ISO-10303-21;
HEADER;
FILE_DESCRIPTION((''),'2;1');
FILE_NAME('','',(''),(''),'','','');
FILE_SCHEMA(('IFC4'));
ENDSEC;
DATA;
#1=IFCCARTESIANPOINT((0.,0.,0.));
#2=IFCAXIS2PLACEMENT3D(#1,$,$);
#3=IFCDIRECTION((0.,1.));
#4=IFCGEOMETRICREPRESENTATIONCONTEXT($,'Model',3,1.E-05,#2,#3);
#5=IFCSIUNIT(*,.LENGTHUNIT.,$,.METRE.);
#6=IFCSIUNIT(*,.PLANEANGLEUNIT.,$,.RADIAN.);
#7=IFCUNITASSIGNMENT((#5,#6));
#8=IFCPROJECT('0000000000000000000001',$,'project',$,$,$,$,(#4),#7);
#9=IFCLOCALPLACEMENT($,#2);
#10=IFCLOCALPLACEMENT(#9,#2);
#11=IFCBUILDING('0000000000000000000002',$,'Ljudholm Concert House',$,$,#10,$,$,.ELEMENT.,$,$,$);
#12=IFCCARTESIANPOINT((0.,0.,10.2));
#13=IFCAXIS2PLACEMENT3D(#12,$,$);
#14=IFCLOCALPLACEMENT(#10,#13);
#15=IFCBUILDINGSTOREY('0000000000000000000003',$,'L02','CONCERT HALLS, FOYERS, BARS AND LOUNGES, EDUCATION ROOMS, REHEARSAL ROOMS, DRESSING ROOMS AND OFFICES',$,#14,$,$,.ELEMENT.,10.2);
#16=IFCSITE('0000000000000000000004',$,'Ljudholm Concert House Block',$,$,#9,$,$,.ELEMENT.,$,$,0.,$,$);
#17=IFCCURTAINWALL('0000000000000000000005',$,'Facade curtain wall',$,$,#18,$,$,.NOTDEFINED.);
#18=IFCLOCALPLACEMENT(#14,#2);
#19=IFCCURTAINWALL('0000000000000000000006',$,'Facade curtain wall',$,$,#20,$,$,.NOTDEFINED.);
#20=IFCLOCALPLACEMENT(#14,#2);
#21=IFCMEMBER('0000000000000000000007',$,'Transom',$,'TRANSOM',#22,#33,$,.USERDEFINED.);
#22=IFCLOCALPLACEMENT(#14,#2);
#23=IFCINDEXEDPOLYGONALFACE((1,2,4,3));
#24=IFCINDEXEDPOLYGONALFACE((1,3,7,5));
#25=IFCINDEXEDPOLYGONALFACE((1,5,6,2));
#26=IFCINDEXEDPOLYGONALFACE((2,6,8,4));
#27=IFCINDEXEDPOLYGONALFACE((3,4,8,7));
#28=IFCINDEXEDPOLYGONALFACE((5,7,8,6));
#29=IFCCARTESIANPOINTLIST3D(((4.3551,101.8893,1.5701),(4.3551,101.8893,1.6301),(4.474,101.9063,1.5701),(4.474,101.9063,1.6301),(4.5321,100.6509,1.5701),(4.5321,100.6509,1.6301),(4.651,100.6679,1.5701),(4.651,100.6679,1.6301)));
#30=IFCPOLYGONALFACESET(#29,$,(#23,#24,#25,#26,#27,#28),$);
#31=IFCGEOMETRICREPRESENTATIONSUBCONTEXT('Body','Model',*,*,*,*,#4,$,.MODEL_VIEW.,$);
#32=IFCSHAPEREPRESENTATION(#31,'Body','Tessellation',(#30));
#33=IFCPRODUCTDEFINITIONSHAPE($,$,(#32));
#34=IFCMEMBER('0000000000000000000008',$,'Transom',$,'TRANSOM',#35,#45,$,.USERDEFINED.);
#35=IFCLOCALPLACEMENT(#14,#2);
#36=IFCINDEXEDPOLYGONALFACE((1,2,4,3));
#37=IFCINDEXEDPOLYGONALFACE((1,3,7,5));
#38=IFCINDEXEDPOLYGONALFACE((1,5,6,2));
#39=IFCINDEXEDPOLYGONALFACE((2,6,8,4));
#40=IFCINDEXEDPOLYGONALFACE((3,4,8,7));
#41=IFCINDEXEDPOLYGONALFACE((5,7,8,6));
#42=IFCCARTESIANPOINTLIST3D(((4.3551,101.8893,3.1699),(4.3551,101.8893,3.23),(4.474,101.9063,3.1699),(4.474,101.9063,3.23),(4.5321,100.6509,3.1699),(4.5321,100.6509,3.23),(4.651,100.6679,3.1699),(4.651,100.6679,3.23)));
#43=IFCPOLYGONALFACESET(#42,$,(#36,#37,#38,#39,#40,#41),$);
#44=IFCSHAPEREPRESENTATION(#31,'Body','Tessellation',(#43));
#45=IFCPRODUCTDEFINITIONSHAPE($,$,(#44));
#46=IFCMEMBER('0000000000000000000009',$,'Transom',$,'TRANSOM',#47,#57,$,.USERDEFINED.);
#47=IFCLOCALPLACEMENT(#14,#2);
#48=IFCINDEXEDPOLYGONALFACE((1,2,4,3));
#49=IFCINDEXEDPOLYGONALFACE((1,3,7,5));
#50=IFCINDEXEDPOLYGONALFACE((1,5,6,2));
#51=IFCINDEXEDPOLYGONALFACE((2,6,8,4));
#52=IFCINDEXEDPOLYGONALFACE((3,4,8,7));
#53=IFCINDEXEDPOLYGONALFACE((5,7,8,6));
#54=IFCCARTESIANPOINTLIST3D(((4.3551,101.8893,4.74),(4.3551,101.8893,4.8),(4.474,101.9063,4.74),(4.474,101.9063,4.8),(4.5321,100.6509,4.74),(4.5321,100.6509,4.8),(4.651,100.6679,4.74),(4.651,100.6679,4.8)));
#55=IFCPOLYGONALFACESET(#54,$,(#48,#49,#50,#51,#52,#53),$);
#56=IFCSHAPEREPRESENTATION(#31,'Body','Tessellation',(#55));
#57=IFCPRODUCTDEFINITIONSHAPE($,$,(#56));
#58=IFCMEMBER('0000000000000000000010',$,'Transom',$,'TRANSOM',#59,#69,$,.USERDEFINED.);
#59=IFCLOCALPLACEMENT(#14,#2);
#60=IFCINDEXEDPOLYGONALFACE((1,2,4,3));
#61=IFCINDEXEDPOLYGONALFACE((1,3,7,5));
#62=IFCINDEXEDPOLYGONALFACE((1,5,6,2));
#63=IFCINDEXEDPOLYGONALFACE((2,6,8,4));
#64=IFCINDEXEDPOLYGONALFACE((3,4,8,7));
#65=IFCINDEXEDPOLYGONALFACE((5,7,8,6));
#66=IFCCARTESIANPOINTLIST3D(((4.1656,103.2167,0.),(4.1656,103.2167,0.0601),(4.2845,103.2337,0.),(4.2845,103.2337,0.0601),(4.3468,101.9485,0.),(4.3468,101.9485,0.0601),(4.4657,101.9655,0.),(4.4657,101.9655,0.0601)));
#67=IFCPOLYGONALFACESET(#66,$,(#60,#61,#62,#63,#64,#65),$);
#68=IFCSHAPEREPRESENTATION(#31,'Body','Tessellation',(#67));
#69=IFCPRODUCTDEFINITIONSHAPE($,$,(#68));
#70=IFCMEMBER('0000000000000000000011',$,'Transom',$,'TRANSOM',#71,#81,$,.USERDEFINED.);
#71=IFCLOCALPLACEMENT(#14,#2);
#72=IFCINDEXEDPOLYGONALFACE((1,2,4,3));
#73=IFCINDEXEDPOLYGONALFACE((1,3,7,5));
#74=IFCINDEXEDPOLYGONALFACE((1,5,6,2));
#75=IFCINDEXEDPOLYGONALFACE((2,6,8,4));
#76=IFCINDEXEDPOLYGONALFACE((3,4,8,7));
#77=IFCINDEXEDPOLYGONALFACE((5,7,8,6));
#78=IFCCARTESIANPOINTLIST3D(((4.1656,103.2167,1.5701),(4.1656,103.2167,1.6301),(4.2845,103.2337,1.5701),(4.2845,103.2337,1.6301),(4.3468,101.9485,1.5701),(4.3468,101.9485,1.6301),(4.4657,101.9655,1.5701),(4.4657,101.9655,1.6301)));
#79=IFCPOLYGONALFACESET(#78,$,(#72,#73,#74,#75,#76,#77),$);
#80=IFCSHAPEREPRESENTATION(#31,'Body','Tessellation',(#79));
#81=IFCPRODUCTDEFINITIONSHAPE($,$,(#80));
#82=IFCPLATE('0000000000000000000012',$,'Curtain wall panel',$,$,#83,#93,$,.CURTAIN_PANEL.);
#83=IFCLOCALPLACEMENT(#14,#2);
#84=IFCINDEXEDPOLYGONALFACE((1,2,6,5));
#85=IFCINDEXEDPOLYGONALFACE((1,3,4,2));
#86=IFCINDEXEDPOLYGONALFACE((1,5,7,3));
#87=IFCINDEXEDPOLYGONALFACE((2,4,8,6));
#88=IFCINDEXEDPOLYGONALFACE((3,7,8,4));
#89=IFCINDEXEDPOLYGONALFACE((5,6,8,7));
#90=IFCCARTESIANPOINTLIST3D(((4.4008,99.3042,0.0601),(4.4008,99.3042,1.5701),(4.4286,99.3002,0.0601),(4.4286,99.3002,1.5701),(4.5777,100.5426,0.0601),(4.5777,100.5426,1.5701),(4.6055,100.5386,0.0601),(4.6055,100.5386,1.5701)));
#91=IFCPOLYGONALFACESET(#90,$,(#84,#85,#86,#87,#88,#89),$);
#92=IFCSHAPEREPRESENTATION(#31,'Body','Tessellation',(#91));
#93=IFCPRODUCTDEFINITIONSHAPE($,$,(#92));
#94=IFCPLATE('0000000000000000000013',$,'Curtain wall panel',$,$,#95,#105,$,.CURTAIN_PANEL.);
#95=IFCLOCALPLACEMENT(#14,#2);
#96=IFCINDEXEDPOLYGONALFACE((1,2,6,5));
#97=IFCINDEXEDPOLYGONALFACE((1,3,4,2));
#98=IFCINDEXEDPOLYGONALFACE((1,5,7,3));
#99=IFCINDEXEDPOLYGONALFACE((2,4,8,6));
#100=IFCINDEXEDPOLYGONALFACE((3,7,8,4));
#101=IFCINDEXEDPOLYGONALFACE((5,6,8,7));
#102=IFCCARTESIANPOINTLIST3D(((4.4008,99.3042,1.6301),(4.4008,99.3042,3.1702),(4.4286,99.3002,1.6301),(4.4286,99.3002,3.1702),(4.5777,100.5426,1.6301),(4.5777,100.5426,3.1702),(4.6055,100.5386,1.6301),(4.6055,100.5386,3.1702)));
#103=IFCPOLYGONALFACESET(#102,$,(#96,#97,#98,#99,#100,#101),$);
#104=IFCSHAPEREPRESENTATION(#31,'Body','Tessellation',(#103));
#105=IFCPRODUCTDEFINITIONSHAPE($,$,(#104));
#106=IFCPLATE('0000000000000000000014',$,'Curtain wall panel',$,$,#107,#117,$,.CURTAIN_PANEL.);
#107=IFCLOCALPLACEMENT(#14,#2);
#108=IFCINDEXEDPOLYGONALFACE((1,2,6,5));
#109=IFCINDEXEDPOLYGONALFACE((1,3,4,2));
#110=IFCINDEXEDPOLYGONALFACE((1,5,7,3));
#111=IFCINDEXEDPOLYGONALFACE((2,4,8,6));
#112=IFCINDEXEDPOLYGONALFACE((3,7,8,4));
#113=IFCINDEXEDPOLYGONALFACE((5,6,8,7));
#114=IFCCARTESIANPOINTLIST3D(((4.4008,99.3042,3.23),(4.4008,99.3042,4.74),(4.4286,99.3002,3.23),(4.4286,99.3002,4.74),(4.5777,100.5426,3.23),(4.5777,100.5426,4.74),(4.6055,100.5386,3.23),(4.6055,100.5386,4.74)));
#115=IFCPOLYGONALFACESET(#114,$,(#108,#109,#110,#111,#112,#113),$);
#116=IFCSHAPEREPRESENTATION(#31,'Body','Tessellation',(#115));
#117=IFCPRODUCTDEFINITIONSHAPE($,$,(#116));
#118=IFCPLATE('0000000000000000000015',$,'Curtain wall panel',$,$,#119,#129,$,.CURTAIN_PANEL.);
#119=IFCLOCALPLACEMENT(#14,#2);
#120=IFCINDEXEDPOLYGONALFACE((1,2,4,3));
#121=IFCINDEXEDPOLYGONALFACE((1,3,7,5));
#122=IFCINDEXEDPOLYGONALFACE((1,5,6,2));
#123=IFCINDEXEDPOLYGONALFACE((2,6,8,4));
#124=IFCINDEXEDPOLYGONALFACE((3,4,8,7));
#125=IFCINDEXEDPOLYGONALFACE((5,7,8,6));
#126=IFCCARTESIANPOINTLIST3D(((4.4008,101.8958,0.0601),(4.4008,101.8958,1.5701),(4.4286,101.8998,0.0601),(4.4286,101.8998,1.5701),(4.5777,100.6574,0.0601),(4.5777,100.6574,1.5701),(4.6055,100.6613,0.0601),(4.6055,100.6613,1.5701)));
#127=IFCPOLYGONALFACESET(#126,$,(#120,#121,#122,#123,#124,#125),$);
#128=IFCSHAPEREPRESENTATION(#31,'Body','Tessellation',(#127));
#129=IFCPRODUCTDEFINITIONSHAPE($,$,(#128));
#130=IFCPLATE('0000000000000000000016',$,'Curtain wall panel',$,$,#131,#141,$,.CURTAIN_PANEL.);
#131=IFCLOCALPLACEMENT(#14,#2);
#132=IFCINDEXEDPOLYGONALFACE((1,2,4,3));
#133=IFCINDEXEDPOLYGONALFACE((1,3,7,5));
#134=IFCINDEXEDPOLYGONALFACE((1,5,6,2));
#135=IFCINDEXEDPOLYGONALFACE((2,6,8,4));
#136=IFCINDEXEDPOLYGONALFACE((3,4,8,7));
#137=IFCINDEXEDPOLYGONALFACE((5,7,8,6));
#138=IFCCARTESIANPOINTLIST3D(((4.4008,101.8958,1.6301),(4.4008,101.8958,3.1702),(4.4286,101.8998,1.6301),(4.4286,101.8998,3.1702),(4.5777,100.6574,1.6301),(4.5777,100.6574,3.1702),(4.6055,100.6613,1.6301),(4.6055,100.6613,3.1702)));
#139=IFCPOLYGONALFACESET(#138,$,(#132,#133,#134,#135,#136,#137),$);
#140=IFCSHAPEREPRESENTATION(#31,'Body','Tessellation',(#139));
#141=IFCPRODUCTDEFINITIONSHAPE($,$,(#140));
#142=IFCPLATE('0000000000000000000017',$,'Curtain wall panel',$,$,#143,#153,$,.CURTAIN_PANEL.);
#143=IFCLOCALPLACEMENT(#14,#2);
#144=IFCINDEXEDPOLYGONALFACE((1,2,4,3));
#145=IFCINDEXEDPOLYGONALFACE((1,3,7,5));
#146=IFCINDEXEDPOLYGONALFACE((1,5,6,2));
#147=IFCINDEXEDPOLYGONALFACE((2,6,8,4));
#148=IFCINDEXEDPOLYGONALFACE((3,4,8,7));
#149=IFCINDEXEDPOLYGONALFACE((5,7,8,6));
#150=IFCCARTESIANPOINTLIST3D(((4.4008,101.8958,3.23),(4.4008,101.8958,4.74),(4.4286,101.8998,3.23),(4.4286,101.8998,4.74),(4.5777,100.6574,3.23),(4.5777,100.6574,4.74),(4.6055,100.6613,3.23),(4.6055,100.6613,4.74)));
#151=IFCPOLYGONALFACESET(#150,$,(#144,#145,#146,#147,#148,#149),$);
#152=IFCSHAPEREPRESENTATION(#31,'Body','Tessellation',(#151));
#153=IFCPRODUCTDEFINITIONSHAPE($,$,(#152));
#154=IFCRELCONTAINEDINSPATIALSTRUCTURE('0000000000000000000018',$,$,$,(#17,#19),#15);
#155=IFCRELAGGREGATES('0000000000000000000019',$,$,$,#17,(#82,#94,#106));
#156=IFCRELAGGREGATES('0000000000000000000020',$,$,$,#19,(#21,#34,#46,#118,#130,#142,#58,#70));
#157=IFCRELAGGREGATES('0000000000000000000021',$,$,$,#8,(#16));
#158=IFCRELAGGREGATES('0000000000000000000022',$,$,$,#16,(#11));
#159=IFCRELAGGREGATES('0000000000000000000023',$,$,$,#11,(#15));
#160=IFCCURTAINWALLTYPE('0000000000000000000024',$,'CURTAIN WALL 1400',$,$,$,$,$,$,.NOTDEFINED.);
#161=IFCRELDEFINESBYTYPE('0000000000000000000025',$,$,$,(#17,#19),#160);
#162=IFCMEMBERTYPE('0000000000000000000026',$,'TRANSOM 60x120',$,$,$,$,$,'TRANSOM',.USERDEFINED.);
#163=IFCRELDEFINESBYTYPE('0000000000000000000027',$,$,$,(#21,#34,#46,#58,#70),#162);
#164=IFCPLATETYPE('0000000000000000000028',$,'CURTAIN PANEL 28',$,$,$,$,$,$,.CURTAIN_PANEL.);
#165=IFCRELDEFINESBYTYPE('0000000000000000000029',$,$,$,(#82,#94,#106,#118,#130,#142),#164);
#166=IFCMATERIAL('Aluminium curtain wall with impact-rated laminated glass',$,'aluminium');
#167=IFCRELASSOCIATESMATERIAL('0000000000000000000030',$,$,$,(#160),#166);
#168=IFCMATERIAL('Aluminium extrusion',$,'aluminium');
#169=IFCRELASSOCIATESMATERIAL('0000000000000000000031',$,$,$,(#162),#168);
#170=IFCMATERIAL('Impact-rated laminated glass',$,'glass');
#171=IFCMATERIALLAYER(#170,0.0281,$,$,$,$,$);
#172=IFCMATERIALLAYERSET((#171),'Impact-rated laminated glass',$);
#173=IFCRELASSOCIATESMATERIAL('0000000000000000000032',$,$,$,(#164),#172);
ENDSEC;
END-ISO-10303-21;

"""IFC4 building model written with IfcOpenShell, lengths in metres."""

from ifc_helpers import new_model, si_unit, direction, frame, origin, origin_2d, place, context, subcontext, project, spatial, rectangle, extrude, material, layer, layer_set, material_profile, profile_set, type_object, element, aggregate, save


model = new_model("IFC4")

# Units and contexts
model_context = context("Model", 3, precision=1e-05, world=origin(), true_north=direction((0.0, 1.0)))
body_context = subcontext(model_context, "Body", "Model", "MODEL_VIEW")
ifc_project = project(units=[si_unit("LENGTHUNIT", "METRE"), si_unit("PLANEANGLEUNIT", "RADIAN")], contexts=[model_context])

# Site, building, storey
site_placement = place(None, origin())
site = spatial("IfcSite", under=ifc_project, at=site_placement, Name="Ljudholm Concert House Block", CompositionType="ELEMENT", RefElevation=0.0)
building_placement = place(site_placement, origin())
building = spatial("IfcBuilding", under=site, at=building_placement, Name="Ljudholm Concert House", CompositionType="ELEMENT")
storey_placement = place(building_placement, frame((0.0, 0.0, 10.2)))
storey = spatial("IfcBuildingStorey", under=building, at=storey_placement, Name="L02", Description="CONCERT HALLS, FOYERS, BARS AND LOUNGES, EDUCATION ROOMS, REHEARSAL ROOMS, DRESSING ROOMS AND OFFICES", CompositionType="ELEMENT", Elevation=10.2)

# Shared definitions
ifc_material_1 = material(Name="Aluminium curtain wall with impact-rated laminated glass", Category="aluminium")
curtain_wall_type = type_object("IfcCurtainWallType", Name="CURTAIN WALL 1400", PredefinedType="NOTDEFINED", material=ifc_material_1)

# Curtain walls
curtain_wall_1_placement = place(storey_placement, origin())
curtain_wall_1 = element("IfcCurtainWall", 1, at=curtain_wall_1_placement, inside=storey, type_object=curtain_wall_type, Name="Facade curtain wall", PredefinedType="NOTDEFINED")
curtain_wall_2_placement = place(storey_placement, origin())
curtain_wall_2 = element("IfcCurtainWall", 2, at=curtain_wall_2_placement, inside=storey, type_object=curtain_wall_type, Name="Facade curtain wall", PredefinedType="NOTDEFINED")

# Members
ifc_material_2 = material(Name="Aluminium extrusion", Category="aluminium")
ifc_material_profile_1 = material_profile(ifc_material_2, rectangle(XDim=0.1201, YDim=0.0601, at=origin_2d()), Name="TRANSOM 60x120")
ifc_profile_set_1 = profile_set([ifc_material_profile_1], Name="Aluminium extrusion")
member_type_1 = type_object("IfcMemberType", Name="TRANSOM 60x120", ElementType="TRANSOM", PredefinedType="USERDEFINED", material=ifc_profile_set_1)
member_1_placement = place(storey_placement, frame((4.5916, 100.6594, 1.6001), z_axis=(-0.141503, 0.989938, 0.0), x_axis=(-0.989938, -0.141503, 0.0)))
member_1 = element("IfcMember", 3, at=member_1_placement, type_object=member_type_1, Name="Transom", ObjectType="TRANSOM", PredefinedType="USERDEFINED", context=body_context, shape_type="SweptSolid", body=[
    extrude(rectangle(XDim=0.1201, YDim=0.0601, at=origin_2d()), origin(), (0.0, 0.0, 1.0), 1.251),
])
member_2_placement = place(storey_placement, frame((4.5916, 100.6594, 3.2), z_axis=(-0.141503, 0.989938, 0.0), x_axis=(-0.989938, -0.141503, 0.0)))
member_2 = element("IfcMember", 4, at=member_2_placement, type_object=member_type_1, Name="Transom", ObjectType="TRANSOM", PredefinedType="USERDEFINED", context=body_context, shape_type="SweptSolid", body=[
    extrude(rectangle(XDim=0.1201, YDim=0.0601, at=origin_2d()), origin(), (0.0, 0.0, 1.0), 1.251),
])
member_3_placement = place(storey_placement, frame((4.5916, 100.6594, 4.77), z_axis=(-0.141503, 0.989938, 0.0), x_axis=(-0.989938, -0.141503, 0.0)))
member_3 = element("IfcMember", 5, at=member_3_placement, type_object=member_type_1, Name="Transom", ObjectType="TRANSOM", PredefinedType="USERDEFINED", context=body_context, shape_type="SweptSolid", body=[
    extrude(rectangle(XDim=0.1201, YDim=0.0601, at=origin_2d()), origin(), (0.0, 0.0, 1.0), 1.251),
])
member_4_placement = place(storey_placement, frame((4.4062, 101.957, 0.03), z_axis=(-0.141421, 0.989949, 0.0), x_axis=(-0.989949, -0.141421, 0.0)))
member_4 = element("IfcMember", 6, at=member_4_placement, type_object=member_type_1, Name="Transom", ObjectType="TRANSOM", PredefinedType="USERDEFINED", context=body_context, shape_type="SweptSolid", body=[
    extrude(rectangle(XDim=0.1201, YDim=0.0601, at=origin_2d()), origin(), (0.0, 0.0, 1.0), 1.281),
])
member_5_placement = place(storey_placement, frame((4.4062, 101.957, 1.6001), z_axis=(-0.141421, 0.989949, 0.0), x_axis=(-0.989949, -0.141421, 0.0)))
member_5 = element("IfcMember", 7, at=member_5_placement, type_object=member_type_1, Name="Transom", ObjectType="TRANSOM", PredefinedType="USERDEFINED", context=body_context, shape_type="SweptSolid", body=[
    extrude(rectangle(XDim=0.1201, YDim=0.0601, at=origin_2d()), origin(), (0.0, 0.0, 1.0), 1.281),
])

# Plates
ifc_material_3 = material(Name="Impact-rated laminated glass", Category="glass")
ifc_layer = layer(ifc_material_3, 0.0281)
ifc_layer_set = layer_set([ifc_layer], Name="Impact-rated laminated glass")
plate_type = type_object("IfcPlateType", Name="CURTAIN PANEL 28", PredefinedType="CURTAIN_PANEL", material=ifc_layer_set)
plate_1_placement = place(storey_placement, frame((4.5032, 99.9214, 0.0601), z_axis=(0.0, 0.0, 1.0), x_axis=(0.141421, 0.989949, 0.0)))
plate_1 = element("IfcPlate", 8, at=plate_1_placement, type_object=plate_type, Name="Curtain wall panel", PredefinedType="CURTAIN_PANEL", context=body_context, shape_type="SweptSolid", body=[
    extrude(rectangle(XDim=1.251, YDim=0.0281, at=origin_2d()), origin(), (0.0, 0.0, 1.0), 1.51),
])
plate_2_placement = place(storey_placement, frame((4.5032, 99.9214, 1.6301), z_axis=(0.0, 0.0, 1.0), x_axis=(0.141421, 0.989949, 0.0)))
plate_2 = element("IfcPlate", 9, at=plate_2_placement, type_object=plate_type, Name="Curtain wall panel", PredefinedType="CURTAIN_PANEL", context=body_context, shape_type="SweptSolid", body=[
    extrude(rectangle(XDim=1.251, YDim=0.0281, at=origin_2d()), origin(), (0.0, 0.0, 1.0), 1.54),
])
plate_3_placement = place(storey_placement, frame((4.5032, 99.9214, 3.23), z_axis=(0.0, 0.0, 1.0), x_axis=(0.141421, 0.989949, 0.0)))
plate_3 = element("IfcPlate", 10, at=plate_3_placement, type_object=plate_type, Name="Curtain wall panel", PredefinedType="CURTAIN_PANEL", context=body_context, shape_type="SweptSolid", body=[
    extrude(rectangle(XDim=1.251, YDim=0.0281, at=origin_2d()), origin(), (0.0, 0.0, 1.0), 1.51),
])
aggregate(curtain_wall_1, [plate_1, plate_2, plate_3])
plate_4_placement = place(storey_placement, frame((4.5032, 101.2786, 0.0601), z_axis=(0.0, 0.0, 1.0), x_axis=(-0.141421, 0.989949, 0.0)))
plate_4 = element("IfcPlate", 11, at=plate_4_placement, type_object=plate_type, Name="Curtain wall panel", PredefinedType="CURTAIN_PANEL", context=body_context, shape_type="SweptSolid", body=[
    extrude(rectangle(XDim=1.251, YDim=0.0281, at=origin_2d()), origin(), (0.0, 0.0, 1.0), 1.51),
])
plate_5_placement = place(storey_placement, frame((4.5032, 101.2786, 1.6301), z_axis=(0.0, 0.0, 1.0), x_axis=(-0.141421, 0.989949, 0.0)))
plate_5 = element("IfcPlate", 12, at=plate_5_placement, type_object=plate_type, Name="Curtain wall panel", PredefinedType="CURTAIN_PANEL", context=body_context, shape_type="SweptSolid", body=[
    extrude(rectangle(XDim=1.251, YDim=0.0281, at=origin_2d()), origin(), (0.0, 0.0, 1.0), 1.54),
])
plate_6_placement = place(storey_placement, frame((4.5032, 101.2786, 3.23), z_axis=(0.0, 0.0, 1.0), x_axis=(-0.141421, 0.989949, 0.0)))
plate_6 = element("IfcPlate", 13, at=plate_6_placement, type_object=plate_type, Name="Curtain wall panel", PredefinedType="CURTAIN_PANEL", context=body_context, shape_type="SweptSolid", body=[
    extrude(rectangle(XDim=1.251, YDim=0.0281, at=origin_2d()), origin(), (0.0, 0.0, 1.0), 1.51),
])
aggregate(curtain_wall_2, [member_1, member_2, member_3, plate_4, plate_5, plate_6, member_4, member_5])

save(model, "model.ifc")
